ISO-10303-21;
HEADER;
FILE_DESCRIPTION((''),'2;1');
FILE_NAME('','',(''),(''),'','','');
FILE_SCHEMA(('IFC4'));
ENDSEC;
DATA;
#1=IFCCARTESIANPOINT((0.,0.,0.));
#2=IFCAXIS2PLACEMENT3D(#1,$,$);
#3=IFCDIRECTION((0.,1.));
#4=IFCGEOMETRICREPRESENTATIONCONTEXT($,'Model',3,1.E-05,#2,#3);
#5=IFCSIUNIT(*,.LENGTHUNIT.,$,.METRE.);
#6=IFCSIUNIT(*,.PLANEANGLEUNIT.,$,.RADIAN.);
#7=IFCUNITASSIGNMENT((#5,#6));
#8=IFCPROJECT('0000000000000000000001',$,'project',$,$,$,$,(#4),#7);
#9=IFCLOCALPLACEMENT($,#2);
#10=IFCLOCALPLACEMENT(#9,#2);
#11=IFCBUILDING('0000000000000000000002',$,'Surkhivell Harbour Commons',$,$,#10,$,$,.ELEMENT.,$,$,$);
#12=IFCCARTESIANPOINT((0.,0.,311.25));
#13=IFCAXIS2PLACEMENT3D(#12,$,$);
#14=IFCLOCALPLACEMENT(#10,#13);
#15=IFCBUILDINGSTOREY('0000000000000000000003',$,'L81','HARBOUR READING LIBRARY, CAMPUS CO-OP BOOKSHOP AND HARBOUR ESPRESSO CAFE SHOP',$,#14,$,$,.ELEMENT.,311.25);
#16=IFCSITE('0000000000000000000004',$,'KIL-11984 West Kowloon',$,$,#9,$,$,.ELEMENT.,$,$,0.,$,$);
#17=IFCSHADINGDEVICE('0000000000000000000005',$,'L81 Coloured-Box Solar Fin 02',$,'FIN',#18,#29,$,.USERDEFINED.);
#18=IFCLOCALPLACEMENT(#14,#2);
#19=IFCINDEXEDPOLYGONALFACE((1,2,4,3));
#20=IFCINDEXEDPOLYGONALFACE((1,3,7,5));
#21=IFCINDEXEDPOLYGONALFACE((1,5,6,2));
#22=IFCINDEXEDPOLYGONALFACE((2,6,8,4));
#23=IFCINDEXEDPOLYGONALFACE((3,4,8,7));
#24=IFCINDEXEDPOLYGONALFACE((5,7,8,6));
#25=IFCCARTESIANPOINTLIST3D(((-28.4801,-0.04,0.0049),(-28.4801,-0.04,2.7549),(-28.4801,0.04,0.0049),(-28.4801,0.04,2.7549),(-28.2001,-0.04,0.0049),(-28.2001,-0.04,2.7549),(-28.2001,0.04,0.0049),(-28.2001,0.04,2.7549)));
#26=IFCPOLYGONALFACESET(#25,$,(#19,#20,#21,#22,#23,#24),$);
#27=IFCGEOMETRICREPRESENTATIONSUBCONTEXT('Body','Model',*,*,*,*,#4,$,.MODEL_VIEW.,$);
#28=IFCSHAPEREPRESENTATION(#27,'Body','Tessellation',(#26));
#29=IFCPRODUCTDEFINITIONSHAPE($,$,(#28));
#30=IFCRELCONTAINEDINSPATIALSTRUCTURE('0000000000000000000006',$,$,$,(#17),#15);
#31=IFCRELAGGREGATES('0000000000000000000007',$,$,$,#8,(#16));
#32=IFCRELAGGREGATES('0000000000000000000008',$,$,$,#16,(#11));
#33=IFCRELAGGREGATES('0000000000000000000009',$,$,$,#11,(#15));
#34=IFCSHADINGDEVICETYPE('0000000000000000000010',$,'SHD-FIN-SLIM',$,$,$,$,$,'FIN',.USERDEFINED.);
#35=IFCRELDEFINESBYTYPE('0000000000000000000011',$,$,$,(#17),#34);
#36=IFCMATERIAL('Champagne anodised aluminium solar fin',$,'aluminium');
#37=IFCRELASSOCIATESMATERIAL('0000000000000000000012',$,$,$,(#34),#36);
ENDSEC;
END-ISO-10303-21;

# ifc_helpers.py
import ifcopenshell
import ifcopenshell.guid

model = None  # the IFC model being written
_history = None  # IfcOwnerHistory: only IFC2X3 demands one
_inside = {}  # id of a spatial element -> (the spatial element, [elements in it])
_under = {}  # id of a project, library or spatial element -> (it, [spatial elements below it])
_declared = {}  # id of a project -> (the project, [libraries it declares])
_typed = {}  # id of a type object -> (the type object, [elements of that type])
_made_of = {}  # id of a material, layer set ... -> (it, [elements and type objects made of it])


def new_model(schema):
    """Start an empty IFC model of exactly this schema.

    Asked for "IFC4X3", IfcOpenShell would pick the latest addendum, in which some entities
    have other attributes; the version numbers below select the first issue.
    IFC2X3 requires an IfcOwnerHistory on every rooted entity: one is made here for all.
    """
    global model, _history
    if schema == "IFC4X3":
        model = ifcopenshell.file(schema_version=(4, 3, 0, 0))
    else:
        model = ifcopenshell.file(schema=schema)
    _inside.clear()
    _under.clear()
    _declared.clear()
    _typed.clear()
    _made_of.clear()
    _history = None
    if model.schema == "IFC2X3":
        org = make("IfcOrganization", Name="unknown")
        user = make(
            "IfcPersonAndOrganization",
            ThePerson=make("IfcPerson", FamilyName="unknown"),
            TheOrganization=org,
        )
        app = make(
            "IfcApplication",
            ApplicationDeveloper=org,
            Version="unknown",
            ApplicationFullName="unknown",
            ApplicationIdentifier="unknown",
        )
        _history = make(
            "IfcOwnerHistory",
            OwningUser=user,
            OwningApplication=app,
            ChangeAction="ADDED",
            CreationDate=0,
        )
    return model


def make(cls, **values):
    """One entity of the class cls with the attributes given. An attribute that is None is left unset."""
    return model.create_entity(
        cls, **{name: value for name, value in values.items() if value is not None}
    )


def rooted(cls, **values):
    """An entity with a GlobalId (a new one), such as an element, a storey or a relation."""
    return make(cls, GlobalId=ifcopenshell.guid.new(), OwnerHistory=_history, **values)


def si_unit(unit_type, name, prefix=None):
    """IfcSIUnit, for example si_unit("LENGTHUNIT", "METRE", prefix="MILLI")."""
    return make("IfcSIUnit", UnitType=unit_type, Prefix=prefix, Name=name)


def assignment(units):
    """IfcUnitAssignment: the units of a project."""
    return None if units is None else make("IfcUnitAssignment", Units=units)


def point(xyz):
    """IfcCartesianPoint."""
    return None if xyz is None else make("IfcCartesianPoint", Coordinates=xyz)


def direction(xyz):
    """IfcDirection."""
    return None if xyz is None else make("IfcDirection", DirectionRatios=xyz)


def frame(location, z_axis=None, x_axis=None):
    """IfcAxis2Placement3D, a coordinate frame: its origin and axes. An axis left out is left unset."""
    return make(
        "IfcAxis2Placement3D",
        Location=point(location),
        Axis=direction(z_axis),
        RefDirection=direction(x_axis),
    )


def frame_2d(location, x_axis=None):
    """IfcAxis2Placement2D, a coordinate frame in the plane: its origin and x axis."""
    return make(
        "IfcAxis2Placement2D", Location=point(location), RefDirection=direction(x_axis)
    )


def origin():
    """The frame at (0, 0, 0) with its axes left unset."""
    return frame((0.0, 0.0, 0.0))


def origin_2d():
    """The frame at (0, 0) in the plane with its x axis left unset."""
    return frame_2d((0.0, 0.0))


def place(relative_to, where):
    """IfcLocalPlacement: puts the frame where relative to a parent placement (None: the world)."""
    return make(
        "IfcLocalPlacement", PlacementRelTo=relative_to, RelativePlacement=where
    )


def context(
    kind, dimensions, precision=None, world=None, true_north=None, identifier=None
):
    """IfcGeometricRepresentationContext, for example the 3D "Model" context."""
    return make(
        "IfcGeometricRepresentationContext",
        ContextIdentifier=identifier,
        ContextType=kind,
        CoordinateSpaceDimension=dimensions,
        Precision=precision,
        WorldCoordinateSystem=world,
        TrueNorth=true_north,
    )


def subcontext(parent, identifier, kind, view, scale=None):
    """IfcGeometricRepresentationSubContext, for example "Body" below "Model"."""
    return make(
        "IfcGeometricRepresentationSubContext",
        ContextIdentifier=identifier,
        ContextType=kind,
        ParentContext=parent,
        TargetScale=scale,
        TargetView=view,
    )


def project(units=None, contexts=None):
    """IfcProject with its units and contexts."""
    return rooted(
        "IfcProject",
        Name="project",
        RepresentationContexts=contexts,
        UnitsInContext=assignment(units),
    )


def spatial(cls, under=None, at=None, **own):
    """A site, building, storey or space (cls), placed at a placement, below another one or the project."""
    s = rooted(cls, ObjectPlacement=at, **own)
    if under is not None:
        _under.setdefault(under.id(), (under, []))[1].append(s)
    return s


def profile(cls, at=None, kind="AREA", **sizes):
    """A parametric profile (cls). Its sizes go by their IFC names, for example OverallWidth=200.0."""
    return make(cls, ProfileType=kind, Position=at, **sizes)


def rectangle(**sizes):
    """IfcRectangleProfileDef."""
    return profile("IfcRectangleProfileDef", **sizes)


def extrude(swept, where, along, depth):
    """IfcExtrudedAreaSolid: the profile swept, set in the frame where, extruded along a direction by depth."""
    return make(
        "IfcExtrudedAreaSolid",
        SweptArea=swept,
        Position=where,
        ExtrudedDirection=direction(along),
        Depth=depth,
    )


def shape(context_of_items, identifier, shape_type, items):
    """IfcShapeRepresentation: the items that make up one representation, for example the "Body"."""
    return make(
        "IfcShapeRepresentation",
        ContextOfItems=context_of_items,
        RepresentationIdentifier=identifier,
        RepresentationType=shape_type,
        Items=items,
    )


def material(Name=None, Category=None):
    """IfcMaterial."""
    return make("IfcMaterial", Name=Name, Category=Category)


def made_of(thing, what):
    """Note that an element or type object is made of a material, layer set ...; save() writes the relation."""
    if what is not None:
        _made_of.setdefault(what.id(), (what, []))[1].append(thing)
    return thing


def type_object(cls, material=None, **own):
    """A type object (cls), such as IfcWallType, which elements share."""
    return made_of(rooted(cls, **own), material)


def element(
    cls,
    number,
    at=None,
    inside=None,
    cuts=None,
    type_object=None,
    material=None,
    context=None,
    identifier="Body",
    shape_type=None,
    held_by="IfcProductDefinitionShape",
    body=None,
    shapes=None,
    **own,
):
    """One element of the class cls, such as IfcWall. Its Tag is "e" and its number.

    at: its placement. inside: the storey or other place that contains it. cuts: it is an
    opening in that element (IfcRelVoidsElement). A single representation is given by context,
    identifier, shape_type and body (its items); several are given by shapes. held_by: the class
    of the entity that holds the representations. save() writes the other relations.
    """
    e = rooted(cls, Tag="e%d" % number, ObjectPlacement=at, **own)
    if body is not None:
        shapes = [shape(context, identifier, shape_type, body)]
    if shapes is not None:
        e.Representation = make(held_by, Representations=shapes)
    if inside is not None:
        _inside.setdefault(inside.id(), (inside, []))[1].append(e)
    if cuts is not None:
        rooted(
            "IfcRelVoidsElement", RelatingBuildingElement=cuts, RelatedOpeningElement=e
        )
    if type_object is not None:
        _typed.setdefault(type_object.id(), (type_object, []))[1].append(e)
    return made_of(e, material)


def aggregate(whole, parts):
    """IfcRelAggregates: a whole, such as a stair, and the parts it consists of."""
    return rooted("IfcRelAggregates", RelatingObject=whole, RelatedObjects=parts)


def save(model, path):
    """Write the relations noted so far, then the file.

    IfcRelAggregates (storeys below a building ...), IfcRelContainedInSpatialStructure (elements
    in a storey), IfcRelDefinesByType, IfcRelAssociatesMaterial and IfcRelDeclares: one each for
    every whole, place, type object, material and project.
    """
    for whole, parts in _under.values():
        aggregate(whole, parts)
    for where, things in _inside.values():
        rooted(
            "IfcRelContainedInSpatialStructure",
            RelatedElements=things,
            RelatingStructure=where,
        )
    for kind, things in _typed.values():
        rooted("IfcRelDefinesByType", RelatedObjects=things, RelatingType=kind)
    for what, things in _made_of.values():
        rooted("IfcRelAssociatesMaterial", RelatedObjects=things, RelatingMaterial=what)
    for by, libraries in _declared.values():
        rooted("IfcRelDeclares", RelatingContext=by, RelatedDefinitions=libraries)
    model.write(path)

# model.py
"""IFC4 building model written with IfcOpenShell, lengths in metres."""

from ifc_helpers import new_model, si_unit, direction, frame, origin, origin_2d, place, context, subcontext, project, spatial, rectangle, extrude, material, type_object, element, save


model = new_model("IFC4")

# Units and contexts
model_context = context("Model", 3, precision=1e-05, world=origin(), true_north=direction((0.0, 1.0)))
body_context = subcontext(model_context, "Body", "Model", "MODEL_VIEW")
ifc_project = project(units=[si_unit("LENGTHUNIT", "METRE"), si_unit("PLANEANGLEUNIT", "RADIAN")], contexts=[model_context])

# Site, building, storey
site_placement = place(None, origin())
site = spatial("IfcSite", under=ifc_project, at=site_placement, Name="KIL-11984 West Kowloon", CompositionType="ELEMENT", RefElevation=0.0)
building_placement = place(site_placement, origin())
building = spatial("IfcBuilding", under=site, at=building_placement, Name="Surkhivell Harbour Commons", CompositionType="ELEMENT")
storey_placement = place(building_placement, frame((0.0, 0.0, 311.25)))
storey = spatial("IfcBuildingStorey", under=building, at=storey_placement, Name="L81", Description="HARBOUR READING LIBRARY, CAMPUS CO-OP BOOKSHOP AND HARBOUR ESPRESSO CAFE SHOP", CompositionType="ELEMENT", Elevation=311.25)

# Shading device
ifc_material_1 = material(Name="Champagne anodised aluminium solar fin", Category="aluminium")
shading_device_type = type_object("IfcShadingDeviceType", Name="SHD-FIN-SLIM", ElementType="FIN", PredefinedType="USERDEFINED", material=ifc_material_1)
shading_device_placement = place(storey_placement, frame((-28.3401, 0.0, 0.0049), z_axis=(0.0, 0.0, 1.0), x_axis=(1.0, 0.0, 0.0)))
element("IfcShadingDevice", 1, at=shading_device_placement, inside=storey, type_object=shading_device_type, Name="L81 Coloured-Box Solar Fin 02", ObjectType="FIN", PredefinedType="USERDEFINED", context=body_context, shape_type="SweptSolid", body=[
    extrude(rectangle(XDim=0.28, YDim=0.0801, at=origin_2d()), origin(), (0.0, 0.0, 1.0), 2.75),
])

save(model, "model.ifc")
